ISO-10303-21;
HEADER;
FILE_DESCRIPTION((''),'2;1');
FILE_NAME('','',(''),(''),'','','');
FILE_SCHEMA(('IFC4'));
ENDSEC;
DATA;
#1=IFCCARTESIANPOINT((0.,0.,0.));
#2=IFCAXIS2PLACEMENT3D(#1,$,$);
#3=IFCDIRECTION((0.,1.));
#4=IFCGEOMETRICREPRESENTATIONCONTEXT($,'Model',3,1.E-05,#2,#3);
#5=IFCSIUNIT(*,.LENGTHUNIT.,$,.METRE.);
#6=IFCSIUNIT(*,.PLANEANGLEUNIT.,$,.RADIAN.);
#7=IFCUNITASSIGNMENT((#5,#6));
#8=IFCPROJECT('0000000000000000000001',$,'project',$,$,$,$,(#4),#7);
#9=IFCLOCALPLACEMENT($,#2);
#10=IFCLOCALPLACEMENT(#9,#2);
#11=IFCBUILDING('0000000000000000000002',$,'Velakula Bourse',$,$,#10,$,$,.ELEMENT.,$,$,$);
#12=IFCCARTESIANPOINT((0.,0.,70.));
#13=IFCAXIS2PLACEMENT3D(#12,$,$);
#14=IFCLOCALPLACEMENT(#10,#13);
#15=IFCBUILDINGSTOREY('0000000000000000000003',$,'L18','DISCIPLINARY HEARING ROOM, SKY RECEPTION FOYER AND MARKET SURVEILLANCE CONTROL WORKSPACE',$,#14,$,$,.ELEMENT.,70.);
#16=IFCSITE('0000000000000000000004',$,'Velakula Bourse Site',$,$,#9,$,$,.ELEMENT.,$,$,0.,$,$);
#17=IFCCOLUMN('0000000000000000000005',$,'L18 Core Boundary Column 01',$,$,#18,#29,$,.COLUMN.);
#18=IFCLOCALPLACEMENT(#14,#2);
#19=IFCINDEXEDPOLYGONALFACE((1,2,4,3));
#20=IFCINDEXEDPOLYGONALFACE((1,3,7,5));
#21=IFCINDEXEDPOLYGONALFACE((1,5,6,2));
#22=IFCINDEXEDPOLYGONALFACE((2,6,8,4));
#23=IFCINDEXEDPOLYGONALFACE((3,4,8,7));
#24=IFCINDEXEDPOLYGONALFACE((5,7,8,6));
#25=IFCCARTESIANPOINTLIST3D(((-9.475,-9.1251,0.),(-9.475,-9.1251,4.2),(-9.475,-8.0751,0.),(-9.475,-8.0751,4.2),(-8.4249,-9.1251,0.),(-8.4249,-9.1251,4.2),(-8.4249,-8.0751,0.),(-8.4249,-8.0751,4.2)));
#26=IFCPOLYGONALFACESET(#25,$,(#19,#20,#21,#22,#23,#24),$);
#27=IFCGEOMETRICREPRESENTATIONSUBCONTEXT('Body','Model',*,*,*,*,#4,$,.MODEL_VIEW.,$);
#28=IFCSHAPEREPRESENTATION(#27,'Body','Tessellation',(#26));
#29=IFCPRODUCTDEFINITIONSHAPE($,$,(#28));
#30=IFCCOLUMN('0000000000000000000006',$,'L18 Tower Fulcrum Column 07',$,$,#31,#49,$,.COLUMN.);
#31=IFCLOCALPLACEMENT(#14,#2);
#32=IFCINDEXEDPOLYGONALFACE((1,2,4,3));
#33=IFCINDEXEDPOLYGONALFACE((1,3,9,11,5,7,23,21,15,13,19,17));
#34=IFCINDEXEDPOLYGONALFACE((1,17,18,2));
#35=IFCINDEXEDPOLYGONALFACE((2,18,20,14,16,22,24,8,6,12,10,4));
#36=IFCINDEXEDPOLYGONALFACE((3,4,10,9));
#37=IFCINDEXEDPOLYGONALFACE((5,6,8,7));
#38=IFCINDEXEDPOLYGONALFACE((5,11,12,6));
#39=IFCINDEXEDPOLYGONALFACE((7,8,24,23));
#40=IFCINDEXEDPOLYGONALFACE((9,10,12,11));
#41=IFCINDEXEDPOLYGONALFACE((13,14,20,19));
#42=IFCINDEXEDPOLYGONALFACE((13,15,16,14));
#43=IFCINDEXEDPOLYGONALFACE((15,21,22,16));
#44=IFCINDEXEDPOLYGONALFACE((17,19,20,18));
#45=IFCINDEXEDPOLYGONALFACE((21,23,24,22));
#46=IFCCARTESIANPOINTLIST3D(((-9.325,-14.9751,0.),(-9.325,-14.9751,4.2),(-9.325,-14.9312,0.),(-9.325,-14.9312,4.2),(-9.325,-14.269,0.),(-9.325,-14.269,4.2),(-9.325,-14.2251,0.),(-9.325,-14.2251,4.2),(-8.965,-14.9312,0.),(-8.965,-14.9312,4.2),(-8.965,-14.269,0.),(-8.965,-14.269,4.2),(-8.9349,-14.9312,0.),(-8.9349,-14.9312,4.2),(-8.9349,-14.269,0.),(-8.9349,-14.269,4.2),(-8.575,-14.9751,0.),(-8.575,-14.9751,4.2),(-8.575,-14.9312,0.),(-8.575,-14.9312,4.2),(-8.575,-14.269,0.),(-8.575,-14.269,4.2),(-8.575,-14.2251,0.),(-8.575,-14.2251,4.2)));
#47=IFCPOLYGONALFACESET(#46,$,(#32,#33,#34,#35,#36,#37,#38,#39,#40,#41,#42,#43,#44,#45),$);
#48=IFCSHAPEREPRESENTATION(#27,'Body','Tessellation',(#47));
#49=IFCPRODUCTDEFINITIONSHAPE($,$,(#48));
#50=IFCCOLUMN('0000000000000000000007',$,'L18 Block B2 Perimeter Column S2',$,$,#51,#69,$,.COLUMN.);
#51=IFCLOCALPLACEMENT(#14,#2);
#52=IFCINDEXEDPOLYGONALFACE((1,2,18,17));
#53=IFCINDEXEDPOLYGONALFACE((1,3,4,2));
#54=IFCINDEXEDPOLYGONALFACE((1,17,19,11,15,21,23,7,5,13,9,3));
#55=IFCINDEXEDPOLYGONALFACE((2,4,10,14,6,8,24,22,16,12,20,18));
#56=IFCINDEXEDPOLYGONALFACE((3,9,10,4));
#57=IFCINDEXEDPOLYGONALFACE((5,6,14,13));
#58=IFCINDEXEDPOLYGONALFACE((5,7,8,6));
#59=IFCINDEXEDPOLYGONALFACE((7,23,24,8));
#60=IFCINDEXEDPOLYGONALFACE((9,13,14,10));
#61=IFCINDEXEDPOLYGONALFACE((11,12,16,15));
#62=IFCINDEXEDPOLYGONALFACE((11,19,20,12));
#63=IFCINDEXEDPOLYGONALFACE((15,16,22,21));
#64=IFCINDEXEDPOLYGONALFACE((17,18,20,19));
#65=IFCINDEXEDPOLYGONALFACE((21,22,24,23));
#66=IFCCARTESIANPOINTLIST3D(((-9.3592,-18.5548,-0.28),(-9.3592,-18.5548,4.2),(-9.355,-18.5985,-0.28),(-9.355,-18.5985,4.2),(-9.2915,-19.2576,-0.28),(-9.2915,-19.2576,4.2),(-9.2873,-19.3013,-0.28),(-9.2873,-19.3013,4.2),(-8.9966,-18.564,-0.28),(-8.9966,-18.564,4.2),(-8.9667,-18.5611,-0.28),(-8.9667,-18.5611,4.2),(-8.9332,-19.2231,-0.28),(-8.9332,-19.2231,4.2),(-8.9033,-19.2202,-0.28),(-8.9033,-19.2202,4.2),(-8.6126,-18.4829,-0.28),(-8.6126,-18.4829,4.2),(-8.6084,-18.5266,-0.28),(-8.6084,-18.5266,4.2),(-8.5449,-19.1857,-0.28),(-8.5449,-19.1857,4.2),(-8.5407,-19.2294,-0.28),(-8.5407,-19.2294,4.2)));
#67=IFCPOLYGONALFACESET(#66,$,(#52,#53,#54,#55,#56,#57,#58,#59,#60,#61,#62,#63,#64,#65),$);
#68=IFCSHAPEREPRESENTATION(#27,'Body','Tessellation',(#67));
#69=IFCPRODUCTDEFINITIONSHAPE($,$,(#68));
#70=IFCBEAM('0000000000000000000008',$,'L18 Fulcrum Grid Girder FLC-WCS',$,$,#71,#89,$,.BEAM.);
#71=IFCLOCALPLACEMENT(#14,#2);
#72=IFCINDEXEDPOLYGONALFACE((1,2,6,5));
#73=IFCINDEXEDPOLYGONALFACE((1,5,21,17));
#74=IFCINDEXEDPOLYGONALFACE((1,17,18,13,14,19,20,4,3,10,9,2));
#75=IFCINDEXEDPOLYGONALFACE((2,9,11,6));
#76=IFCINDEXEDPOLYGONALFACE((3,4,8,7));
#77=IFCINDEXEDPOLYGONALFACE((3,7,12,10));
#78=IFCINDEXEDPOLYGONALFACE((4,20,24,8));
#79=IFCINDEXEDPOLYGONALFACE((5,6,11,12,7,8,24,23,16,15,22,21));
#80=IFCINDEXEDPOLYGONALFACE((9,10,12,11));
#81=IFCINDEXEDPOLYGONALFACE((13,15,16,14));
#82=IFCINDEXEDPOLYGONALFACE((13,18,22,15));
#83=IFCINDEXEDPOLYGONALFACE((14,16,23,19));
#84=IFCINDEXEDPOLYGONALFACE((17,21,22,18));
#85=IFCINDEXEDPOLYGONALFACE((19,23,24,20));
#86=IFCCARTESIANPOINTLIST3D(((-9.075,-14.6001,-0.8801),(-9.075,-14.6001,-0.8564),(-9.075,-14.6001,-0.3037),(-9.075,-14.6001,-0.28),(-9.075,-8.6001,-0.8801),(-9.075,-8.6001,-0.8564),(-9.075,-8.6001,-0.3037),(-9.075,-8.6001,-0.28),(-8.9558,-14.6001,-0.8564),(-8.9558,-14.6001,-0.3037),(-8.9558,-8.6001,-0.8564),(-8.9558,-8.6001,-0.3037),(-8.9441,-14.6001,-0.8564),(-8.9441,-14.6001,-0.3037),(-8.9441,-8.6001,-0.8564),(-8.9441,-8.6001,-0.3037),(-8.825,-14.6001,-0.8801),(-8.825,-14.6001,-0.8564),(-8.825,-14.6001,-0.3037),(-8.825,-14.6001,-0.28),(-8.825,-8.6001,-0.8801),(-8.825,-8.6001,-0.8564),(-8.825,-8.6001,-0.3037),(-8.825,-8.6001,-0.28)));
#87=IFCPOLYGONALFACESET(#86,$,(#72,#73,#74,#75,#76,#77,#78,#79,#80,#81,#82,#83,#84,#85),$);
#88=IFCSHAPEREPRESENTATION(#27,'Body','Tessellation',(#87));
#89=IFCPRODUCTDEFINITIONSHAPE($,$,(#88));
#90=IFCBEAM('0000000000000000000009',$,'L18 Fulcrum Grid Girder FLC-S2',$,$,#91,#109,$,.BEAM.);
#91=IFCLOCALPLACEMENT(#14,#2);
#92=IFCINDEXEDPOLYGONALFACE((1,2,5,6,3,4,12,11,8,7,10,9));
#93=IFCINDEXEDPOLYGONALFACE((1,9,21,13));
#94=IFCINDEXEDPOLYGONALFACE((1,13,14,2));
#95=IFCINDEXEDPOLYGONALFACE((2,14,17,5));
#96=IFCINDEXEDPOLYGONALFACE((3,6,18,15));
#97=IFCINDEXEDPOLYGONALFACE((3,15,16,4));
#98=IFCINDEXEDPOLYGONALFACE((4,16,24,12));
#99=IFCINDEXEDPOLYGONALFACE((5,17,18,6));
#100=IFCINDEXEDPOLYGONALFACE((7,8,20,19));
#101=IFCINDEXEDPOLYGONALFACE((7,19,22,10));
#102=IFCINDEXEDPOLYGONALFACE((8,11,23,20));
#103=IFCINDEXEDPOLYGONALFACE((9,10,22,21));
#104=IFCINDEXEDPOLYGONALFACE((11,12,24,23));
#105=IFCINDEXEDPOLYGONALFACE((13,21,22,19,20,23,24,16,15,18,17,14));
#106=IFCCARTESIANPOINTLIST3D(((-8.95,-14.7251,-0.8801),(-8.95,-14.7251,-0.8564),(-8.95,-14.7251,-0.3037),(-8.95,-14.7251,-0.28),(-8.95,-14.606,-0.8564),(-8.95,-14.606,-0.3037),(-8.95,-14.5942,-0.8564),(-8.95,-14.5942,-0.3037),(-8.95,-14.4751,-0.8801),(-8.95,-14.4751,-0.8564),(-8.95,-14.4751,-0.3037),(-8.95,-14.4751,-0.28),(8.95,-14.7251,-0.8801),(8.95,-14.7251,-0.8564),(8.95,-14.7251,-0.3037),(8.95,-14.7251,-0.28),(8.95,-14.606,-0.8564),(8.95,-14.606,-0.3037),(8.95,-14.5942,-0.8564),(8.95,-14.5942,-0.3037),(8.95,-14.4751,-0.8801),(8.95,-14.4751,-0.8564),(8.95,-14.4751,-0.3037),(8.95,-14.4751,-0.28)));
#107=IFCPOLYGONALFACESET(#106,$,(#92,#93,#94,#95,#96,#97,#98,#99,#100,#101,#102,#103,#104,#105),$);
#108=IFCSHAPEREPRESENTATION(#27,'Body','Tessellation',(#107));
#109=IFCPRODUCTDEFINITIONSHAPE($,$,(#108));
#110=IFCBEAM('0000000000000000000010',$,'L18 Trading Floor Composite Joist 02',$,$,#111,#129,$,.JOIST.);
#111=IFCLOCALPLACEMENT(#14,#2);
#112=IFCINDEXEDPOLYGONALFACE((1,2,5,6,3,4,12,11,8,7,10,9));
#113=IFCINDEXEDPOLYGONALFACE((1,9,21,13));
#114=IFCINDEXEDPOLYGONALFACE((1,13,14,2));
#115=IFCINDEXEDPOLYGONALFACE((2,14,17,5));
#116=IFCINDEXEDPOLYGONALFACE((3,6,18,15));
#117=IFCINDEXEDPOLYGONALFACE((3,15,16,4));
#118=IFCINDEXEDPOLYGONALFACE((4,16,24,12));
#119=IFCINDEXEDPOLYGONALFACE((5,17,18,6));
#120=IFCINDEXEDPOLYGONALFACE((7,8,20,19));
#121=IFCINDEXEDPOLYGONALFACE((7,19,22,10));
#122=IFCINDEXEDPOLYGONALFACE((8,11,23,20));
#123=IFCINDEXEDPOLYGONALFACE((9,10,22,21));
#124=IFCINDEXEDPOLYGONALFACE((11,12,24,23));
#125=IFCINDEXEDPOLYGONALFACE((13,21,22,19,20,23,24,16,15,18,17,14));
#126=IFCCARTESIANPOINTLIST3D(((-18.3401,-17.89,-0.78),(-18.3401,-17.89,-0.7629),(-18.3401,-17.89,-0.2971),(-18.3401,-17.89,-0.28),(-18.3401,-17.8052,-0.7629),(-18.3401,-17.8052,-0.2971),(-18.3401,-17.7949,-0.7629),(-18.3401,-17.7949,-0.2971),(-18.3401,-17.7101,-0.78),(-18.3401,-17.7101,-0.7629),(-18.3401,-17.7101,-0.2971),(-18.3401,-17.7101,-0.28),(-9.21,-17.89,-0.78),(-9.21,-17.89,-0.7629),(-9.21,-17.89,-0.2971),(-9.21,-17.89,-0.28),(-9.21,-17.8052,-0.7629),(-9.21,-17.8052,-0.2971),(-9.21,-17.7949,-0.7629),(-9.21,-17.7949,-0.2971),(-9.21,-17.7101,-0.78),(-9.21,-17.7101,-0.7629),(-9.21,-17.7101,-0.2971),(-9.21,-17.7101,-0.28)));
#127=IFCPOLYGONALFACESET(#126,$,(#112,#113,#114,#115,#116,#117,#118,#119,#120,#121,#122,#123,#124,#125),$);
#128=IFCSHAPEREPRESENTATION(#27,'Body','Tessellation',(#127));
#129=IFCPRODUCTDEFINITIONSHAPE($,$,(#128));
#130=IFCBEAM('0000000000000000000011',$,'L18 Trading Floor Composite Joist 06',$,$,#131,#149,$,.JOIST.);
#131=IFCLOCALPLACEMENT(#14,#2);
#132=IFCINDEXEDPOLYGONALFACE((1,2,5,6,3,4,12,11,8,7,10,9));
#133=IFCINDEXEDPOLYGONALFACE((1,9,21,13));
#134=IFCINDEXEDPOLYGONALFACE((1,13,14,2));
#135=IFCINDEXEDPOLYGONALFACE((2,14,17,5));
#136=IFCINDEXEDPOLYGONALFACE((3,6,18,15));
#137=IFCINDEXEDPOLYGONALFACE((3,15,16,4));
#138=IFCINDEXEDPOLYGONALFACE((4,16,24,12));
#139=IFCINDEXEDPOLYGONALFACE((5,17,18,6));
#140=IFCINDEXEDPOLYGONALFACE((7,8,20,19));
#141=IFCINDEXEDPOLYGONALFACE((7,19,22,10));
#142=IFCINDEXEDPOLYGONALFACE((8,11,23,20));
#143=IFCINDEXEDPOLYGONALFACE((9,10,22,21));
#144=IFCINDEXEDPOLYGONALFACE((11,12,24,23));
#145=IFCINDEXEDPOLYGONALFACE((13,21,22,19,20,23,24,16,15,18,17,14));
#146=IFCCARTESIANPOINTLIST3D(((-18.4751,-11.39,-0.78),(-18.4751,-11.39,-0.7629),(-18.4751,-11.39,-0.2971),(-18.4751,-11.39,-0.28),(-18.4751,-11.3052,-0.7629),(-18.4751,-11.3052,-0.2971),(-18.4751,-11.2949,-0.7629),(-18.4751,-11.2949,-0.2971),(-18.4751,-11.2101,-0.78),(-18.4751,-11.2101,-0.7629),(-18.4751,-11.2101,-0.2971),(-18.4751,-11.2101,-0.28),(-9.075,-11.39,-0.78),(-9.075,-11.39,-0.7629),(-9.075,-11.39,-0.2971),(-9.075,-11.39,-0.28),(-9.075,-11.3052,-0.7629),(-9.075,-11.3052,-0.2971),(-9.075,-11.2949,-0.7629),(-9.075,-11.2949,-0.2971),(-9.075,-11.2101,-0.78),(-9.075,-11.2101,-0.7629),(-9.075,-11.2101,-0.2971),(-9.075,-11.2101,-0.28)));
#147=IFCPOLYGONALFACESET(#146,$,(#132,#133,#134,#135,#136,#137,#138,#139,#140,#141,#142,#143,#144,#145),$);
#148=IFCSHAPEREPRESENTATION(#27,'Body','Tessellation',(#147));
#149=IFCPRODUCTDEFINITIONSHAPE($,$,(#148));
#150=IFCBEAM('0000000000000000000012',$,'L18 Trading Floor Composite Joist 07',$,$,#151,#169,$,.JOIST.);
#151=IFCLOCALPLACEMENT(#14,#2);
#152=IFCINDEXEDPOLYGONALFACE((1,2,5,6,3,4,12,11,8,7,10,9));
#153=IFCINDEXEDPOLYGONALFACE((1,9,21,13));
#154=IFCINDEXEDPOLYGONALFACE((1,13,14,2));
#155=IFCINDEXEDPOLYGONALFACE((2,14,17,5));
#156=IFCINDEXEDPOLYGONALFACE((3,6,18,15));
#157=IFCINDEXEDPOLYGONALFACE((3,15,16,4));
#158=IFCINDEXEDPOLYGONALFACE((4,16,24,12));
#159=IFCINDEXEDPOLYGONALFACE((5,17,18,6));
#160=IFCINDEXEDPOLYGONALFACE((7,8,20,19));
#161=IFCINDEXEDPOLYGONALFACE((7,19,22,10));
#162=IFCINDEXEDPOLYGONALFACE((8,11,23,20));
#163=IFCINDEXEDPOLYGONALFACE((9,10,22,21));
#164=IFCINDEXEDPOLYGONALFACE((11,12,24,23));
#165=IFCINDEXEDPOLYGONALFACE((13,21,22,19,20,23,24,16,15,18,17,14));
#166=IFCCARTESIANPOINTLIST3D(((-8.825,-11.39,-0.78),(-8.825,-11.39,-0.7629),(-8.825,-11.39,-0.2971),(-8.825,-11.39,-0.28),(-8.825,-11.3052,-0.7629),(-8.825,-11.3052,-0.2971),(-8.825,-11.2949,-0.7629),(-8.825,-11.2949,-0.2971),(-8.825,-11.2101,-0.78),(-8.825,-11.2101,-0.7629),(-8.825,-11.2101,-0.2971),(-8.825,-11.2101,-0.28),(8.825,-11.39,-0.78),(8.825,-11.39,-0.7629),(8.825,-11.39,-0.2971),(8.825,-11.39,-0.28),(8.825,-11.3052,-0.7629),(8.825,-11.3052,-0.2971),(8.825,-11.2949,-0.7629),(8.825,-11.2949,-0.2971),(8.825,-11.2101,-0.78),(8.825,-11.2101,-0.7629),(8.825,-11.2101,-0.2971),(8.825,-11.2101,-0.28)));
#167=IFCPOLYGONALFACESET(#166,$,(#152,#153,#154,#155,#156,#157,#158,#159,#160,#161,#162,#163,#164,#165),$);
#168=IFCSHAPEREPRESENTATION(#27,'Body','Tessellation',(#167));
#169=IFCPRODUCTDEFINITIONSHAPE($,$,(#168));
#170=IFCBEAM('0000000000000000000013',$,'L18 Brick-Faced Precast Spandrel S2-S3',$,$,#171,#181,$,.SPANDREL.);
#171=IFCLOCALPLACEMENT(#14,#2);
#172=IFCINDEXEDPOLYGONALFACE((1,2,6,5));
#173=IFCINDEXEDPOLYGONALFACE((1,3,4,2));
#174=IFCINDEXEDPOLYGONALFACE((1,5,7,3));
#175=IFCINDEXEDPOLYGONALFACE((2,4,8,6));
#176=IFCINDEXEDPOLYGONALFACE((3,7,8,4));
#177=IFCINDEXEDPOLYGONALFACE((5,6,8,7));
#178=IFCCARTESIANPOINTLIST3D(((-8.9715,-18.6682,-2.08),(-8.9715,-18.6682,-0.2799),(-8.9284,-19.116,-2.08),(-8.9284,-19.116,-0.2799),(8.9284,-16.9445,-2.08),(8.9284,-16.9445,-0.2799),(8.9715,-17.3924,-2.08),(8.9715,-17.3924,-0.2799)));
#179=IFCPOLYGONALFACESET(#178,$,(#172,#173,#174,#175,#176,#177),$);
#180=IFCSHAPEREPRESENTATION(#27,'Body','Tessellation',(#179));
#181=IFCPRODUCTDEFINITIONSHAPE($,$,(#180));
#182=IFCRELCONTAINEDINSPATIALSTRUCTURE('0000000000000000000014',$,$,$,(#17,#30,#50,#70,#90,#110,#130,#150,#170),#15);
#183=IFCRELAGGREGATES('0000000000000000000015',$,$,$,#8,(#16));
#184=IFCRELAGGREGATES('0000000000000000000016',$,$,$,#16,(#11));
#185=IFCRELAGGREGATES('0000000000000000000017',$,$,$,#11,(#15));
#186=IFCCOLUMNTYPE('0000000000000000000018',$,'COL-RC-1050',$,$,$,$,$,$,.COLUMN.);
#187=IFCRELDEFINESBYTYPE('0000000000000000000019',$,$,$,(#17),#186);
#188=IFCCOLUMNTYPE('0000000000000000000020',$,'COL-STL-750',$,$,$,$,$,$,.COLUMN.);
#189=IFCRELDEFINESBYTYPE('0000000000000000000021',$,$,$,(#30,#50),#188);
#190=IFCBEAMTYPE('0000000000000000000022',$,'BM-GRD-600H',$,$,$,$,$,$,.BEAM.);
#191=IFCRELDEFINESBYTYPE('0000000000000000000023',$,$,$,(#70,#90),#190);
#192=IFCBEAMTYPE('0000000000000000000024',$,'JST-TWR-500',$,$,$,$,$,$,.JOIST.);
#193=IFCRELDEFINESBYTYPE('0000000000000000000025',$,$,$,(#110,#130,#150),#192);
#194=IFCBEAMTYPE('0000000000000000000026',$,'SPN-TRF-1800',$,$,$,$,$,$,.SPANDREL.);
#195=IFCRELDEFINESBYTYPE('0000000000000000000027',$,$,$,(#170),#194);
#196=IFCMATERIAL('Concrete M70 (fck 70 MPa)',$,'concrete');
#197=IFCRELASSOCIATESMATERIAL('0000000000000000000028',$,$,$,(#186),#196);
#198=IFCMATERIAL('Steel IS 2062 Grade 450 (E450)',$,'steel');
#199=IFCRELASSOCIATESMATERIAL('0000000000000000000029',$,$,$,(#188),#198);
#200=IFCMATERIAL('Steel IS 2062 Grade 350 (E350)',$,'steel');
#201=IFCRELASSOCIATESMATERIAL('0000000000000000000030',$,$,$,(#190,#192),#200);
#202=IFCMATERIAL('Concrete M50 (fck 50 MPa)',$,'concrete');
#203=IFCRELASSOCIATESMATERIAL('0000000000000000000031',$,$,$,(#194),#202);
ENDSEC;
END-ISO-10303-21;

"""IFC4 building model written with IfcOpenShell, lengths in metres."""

from ifc_helpers import new_model, si_unit, direction, frame, origin, origin_2d, place, context, subcontext, project, spatial, rectangle, i_section, extrude, material, material_profile, profile_set, type_object, element, save


model = new_model("IFC4")

# Units and contexts
model_context = context("Model", 3, precision=1e-05, world=origin(), true_north=direction((0.0, 1.0)))
body_context = subcontext(model_context, "Body", "Model", "MODEL_VIEW")
ifc_project = project(units=[si_unit("LENGTHUNIT", "METRE"), si_unit("PLANEANGLEUNIT", "RADIAN")], contexts=[model_context])

# Site, building, storey
site_placement = place(None, origin())
site = spatial("IfcSite", under=ifc_project, at=site_placement, Name="Velakula Bourse Site", CompositionType="ELEMENT", RefElevation=0.0)
building_placement = place(site_placement, origin())
building = spatial("IfcBuilding", under=site, at=building_placement, Name="Velakula Bourse", CompositionType="ELEMENT")
storey_placement = place(building_placement, frame((0.0, 0.0, 70.0)))
storey = spatial("IfcBuildingStorey", under=building, at=storey_placement, Name="L18", Description="DISCIPLINARY HEARING ROOM, SKY RECEPTION FOYER AND MARKET SURVEILLANCE CONTROL WORKSPACE", CompositionType="ELEMENT", Elevation=70.0)

# Columns
ifc_material_1 = material(Name="Concrete M70 (fck 70 MPa)", Category="concrete")
ifc_material_profile_1 = material_profile(ifc_material_1, rectangle(XDim=1.05, YDim=1.05, at=origin_2d()), Name="Concrete M70 (fck 70 MPa)")
ifc_profile_set_1 = profile_set([ifc_material_profile_1], Name="Concrete M70 (fck 70 MPa)")
column_type_1 = type_object("IfcColumnType", Name="COL-RC-1050", PredefinedType="COLUMN", material=ifc_profile_set_1)
column_1_placement = place(storey_placement, frame((-8.95, -8.6001, 0.0), z_axis=(0.0, 0.0, 1.0), x_axis=(1.0, 0.0, 0.0)))
element("IfcColumn", 1, at=column_1_placement, inside=storey, type_object=column_type_1, Name="L18 Core Boundary Column 01", PredefinedType="COLUMN", context=body_context, shape_type="SweptSolid", body=[
    extrude(rectangle(XDim=1.05, YDim=1.05, at=origin_2d()), origin(), (0.0, 0.0, 1.0), 4.2),
])
ifc_material_2 = material(Name="Steel IS 2062 Grade 450 (E450)", Category="steel")
ifc_material_profile_2 = material_profile(ifc_material_2, i_section(OverallWidth=0.75, OverallDepth=0.75, WebThickness=0.03, FlangeThickness=0.0439, at=origin_2d()), Name="Steel IS 2062 Grade 450 (E450)")
ifc_profile_set_2 = profile_set([ifc_material_profile_2], Name="Steel IS 2062 Grade 450 (E450)")
column_type_2 = type_object("IfcColumnType", Name="COL-STL-750", PredefinedType="COLUMN", material=ifc_profile_set_2)
column_2_placement = place(storey_placement, frame((-8.95, -14.6001, 0.0), z_axis=(0.0, 0.0, 1.0), x_axis=(1.0, 0.0, 0.0)))
element("IfcColumn", 2, at=column_2_placement, inside=storey, type_object=column_type_2, Name="L18 Tower Fulcrum Column 07", PredefinedType="COLUMN", context=body_context, shape_type="SweptSolid", body=[
    extrude(i_section(OverallWidth=0.75, OverallDepth=0.75, WebThickness=0.03, FlangeThickness=0.0439, at=origin_2d()), origin(), (0.0, 0.0, 1.0), 4.2),
])
column_3_placement = place(storey_placement, frame((-8.95, -18.8921, -0.28), z_axis=(0.0, 0.0, 1.0), x_axis=(0.995396, 0.095846, 0.0)))
element("IfcColumn", 3, at=column_3_placement, inside=storey, type_object=column_type_2, Name="L18 Block B2 Perimeter Column S2", PredefinedType="COLUMN", context=body_context, shape_type="SweptSolid", body=[
    extrude(i_section(OverallWidth=0.75, OverallDepth=0.75, WebThickness=0.03, FlangeThickness=0.0439, at=origin_2d()), origin(), (0.0, 0.0, 1.0), 4.48),
])

# Beams
ifc_material_3 = material(Name="Steel IS 2062 Grade 350 (E350)", Category="steel")
ifc_material_profile_3 = material_profile(ifc_material_3, i_section(OverallWidth=0.25, OverallDepth=0.6001, WebThickness=0.0117, FlangeThickness=0.0237, at=origin_2d()), Name="Steel IS 2062 Grade 350 (E350)")
ifc_profile_set_3 = profile_set([ifc_material_profile_3], Name="Steel IS 2062 Grade 350 (E350)")
beam_type_1 = type_object("IfcBeamType", Name="BM-GRD-600H", PredefinedType="BEAM", material=ifc_profile_set_3)
beam_1_placement = place(storey_placement, frame((-8.95, -14.6001, -0.5801), z_axis=(0.0, 1.0, 0.0), x_axis=(-1.0, 0.0, 0.0)))
element("IfcBeam", 4, at=beam_1_placement, inside=storey, type_object=beam_type_1, Name="L18 Fulcrum Grid Girder FLC-WCS", PredefinedType="BEAM", context=body_context, shape_type="SweptSolid", body=[
    extrude(i_section(OverallWidth=0.25, OverallDepth=0.6001, WebThickness=0.0117, FlangeThickness=0.0237, at=origin_2d()), origin(), (0.0, 0.0, 1.0), 6.0),
])
beam_2_placement = place(storey_placement, frame((-8.95, -14.6001, -0.5801), z_axis=(1.0, 0.0, 0.0), x_axis=(0.0, 1.0, 0.0)))
element("IfcBeam", 5, at=beam_2_placement, inside=storey, type_object=beam_type_1, Name="L18 Fulcrum Grid Girder FLC-S2", PredefinedType="BEAM", context=body_context, shape_type="SweptSolid", body=[
    extrude(i_section(OverallWidth=0.25, OverallDepth=0.6001, WebThickness=0.0117, FlangeThickness=0.0237, at=origin_2d()), origin(), (0.0, 0.0, 1.0), 17.8999),
])
ifc_material_profile_4 = material_profile(ifc_material_3, i_section(OverallWidth=0.1799, OverallDepth=0.5, WebThickness=0.0103, FlangeThickness=0.0171, at=origin_2d()), Name="Steel IS 2062 Grade 350 (E350)")
ifc_profile_set_4 = profile_set([ifc_material_profile_4], Name="Steel IS 2062 Grade 350 (E350)")
beam_type_2 = type_object("IfcBeamType", Name="JST-TWR-500", PredefinedType="JOIST", material=ifc_profile_set_4)
beam_3_placement = place(storey_placement, frame((-18.3401, -17.8, -0.53), z_axis=(1.0, 0.0, 0.0), x_axis=(0.0, 1.0, 0.0)))
element("IfcBeam", 6, at=beam_3_placement, inside=storey, type_object=beam_type_2, Name="L18 Trading Floor Composite Joist 02", PredefinedType="JOIST", context=body_context, shape_type="SweptSolid", body=[
    extrude(i_section(OverallWidth=0.1799, OverallDepth=0.5, WebThickness=0.0103, FlangeThickness=0.0171, at=origin_2d()), origin(), (0.0, 0.0, 1.0), 9.1301),
])
beam_4_placement = place(storey_placement, frame((-18.4751, -11.3, -0.53), z_axis=(1.0, 0.0, 0.0), x_axis=(0.0, 1.0, 0.0)))
element("IfcBeam", 7, at=beam_4_placement, inside=storey, type_object=beam_type_2, Name="L18 Trading Floor Composite Joist 06", PredefinedType="JOIST", context=body_context, shape_type="SweptSolid", body=[
    extrude(i_section(OverallWidth=0.1799, OverallDepth=0.5, WebThickness=0.0103, FlangeThickness=0.0171, at=origin_2d()), origin(), (0.0, 0.0, 1.0), 9.4001),
])
beam_5_placement = place(storey_placement, frame((-8.825, -11.3, -0.53), z_axis=(1.0, 0.0, 0.0), x_axis=(0.0, 1.0, 0.0)))
element("IfcBeam", 8, at=beam_5_placement, inside=storey, type_object=beam_type_2, Name="L18 Trading Floor Composite Joist 07", PredefinedType="JOIST", context=body_context, shape_type="SweptSolid", body=[
    extrude(i_section(OverallWidth=0.1799, OverallDepth=0.5, WebThickness=0.0103, FlangeThickness=0.0171, at=origin_2d()), origin(), (0.0, 0.0, 1.0), 17.6499),
])
ifc_material_4 = material(Name="Concrete M50 (fck 50 MPa)", Category="concrete")
ifc_material_profile_5 = material_profile(ifc_material_4, rectangle(XDim=0.45, YDim=1.8, at=origin_2d()), Name="Concrete M50 (fck 50 MPa)")
ifc_profile_set_5 = profile_set([ifc_material_profile_5], Name="Concrete M50 (fck 50 MPa)")
beam_type_3 = type_object("IfcBeamType", Name="SPN-TRF-1800", PredefinedType="SPANDREL", material=ifc_profile_set_5)
beam_6_placement = place(storey_placement, frame((-8.95, -18.8921, -1.1799), z_axis=(0.995396, 0.09585, 0.0), x_axis=(-0.09585, 0.995396, 0.0)))
element("IfcBeam", 9, at=beam_6_placement, inside=storey, type_object=beam_type_3, Name="L18 Brick-Faced Precast Spandrel S2-S3", PredefinedType="SPANDREL", context=body_context, shape_type="SweptSolid", body=[
    extrude(rectangle(XDim=0.45, YDim=1.8, at=origin_2d()), origin(), (0.0, 0.0, 1.0), 17.9827),
])

save(model, "model.ifc")
